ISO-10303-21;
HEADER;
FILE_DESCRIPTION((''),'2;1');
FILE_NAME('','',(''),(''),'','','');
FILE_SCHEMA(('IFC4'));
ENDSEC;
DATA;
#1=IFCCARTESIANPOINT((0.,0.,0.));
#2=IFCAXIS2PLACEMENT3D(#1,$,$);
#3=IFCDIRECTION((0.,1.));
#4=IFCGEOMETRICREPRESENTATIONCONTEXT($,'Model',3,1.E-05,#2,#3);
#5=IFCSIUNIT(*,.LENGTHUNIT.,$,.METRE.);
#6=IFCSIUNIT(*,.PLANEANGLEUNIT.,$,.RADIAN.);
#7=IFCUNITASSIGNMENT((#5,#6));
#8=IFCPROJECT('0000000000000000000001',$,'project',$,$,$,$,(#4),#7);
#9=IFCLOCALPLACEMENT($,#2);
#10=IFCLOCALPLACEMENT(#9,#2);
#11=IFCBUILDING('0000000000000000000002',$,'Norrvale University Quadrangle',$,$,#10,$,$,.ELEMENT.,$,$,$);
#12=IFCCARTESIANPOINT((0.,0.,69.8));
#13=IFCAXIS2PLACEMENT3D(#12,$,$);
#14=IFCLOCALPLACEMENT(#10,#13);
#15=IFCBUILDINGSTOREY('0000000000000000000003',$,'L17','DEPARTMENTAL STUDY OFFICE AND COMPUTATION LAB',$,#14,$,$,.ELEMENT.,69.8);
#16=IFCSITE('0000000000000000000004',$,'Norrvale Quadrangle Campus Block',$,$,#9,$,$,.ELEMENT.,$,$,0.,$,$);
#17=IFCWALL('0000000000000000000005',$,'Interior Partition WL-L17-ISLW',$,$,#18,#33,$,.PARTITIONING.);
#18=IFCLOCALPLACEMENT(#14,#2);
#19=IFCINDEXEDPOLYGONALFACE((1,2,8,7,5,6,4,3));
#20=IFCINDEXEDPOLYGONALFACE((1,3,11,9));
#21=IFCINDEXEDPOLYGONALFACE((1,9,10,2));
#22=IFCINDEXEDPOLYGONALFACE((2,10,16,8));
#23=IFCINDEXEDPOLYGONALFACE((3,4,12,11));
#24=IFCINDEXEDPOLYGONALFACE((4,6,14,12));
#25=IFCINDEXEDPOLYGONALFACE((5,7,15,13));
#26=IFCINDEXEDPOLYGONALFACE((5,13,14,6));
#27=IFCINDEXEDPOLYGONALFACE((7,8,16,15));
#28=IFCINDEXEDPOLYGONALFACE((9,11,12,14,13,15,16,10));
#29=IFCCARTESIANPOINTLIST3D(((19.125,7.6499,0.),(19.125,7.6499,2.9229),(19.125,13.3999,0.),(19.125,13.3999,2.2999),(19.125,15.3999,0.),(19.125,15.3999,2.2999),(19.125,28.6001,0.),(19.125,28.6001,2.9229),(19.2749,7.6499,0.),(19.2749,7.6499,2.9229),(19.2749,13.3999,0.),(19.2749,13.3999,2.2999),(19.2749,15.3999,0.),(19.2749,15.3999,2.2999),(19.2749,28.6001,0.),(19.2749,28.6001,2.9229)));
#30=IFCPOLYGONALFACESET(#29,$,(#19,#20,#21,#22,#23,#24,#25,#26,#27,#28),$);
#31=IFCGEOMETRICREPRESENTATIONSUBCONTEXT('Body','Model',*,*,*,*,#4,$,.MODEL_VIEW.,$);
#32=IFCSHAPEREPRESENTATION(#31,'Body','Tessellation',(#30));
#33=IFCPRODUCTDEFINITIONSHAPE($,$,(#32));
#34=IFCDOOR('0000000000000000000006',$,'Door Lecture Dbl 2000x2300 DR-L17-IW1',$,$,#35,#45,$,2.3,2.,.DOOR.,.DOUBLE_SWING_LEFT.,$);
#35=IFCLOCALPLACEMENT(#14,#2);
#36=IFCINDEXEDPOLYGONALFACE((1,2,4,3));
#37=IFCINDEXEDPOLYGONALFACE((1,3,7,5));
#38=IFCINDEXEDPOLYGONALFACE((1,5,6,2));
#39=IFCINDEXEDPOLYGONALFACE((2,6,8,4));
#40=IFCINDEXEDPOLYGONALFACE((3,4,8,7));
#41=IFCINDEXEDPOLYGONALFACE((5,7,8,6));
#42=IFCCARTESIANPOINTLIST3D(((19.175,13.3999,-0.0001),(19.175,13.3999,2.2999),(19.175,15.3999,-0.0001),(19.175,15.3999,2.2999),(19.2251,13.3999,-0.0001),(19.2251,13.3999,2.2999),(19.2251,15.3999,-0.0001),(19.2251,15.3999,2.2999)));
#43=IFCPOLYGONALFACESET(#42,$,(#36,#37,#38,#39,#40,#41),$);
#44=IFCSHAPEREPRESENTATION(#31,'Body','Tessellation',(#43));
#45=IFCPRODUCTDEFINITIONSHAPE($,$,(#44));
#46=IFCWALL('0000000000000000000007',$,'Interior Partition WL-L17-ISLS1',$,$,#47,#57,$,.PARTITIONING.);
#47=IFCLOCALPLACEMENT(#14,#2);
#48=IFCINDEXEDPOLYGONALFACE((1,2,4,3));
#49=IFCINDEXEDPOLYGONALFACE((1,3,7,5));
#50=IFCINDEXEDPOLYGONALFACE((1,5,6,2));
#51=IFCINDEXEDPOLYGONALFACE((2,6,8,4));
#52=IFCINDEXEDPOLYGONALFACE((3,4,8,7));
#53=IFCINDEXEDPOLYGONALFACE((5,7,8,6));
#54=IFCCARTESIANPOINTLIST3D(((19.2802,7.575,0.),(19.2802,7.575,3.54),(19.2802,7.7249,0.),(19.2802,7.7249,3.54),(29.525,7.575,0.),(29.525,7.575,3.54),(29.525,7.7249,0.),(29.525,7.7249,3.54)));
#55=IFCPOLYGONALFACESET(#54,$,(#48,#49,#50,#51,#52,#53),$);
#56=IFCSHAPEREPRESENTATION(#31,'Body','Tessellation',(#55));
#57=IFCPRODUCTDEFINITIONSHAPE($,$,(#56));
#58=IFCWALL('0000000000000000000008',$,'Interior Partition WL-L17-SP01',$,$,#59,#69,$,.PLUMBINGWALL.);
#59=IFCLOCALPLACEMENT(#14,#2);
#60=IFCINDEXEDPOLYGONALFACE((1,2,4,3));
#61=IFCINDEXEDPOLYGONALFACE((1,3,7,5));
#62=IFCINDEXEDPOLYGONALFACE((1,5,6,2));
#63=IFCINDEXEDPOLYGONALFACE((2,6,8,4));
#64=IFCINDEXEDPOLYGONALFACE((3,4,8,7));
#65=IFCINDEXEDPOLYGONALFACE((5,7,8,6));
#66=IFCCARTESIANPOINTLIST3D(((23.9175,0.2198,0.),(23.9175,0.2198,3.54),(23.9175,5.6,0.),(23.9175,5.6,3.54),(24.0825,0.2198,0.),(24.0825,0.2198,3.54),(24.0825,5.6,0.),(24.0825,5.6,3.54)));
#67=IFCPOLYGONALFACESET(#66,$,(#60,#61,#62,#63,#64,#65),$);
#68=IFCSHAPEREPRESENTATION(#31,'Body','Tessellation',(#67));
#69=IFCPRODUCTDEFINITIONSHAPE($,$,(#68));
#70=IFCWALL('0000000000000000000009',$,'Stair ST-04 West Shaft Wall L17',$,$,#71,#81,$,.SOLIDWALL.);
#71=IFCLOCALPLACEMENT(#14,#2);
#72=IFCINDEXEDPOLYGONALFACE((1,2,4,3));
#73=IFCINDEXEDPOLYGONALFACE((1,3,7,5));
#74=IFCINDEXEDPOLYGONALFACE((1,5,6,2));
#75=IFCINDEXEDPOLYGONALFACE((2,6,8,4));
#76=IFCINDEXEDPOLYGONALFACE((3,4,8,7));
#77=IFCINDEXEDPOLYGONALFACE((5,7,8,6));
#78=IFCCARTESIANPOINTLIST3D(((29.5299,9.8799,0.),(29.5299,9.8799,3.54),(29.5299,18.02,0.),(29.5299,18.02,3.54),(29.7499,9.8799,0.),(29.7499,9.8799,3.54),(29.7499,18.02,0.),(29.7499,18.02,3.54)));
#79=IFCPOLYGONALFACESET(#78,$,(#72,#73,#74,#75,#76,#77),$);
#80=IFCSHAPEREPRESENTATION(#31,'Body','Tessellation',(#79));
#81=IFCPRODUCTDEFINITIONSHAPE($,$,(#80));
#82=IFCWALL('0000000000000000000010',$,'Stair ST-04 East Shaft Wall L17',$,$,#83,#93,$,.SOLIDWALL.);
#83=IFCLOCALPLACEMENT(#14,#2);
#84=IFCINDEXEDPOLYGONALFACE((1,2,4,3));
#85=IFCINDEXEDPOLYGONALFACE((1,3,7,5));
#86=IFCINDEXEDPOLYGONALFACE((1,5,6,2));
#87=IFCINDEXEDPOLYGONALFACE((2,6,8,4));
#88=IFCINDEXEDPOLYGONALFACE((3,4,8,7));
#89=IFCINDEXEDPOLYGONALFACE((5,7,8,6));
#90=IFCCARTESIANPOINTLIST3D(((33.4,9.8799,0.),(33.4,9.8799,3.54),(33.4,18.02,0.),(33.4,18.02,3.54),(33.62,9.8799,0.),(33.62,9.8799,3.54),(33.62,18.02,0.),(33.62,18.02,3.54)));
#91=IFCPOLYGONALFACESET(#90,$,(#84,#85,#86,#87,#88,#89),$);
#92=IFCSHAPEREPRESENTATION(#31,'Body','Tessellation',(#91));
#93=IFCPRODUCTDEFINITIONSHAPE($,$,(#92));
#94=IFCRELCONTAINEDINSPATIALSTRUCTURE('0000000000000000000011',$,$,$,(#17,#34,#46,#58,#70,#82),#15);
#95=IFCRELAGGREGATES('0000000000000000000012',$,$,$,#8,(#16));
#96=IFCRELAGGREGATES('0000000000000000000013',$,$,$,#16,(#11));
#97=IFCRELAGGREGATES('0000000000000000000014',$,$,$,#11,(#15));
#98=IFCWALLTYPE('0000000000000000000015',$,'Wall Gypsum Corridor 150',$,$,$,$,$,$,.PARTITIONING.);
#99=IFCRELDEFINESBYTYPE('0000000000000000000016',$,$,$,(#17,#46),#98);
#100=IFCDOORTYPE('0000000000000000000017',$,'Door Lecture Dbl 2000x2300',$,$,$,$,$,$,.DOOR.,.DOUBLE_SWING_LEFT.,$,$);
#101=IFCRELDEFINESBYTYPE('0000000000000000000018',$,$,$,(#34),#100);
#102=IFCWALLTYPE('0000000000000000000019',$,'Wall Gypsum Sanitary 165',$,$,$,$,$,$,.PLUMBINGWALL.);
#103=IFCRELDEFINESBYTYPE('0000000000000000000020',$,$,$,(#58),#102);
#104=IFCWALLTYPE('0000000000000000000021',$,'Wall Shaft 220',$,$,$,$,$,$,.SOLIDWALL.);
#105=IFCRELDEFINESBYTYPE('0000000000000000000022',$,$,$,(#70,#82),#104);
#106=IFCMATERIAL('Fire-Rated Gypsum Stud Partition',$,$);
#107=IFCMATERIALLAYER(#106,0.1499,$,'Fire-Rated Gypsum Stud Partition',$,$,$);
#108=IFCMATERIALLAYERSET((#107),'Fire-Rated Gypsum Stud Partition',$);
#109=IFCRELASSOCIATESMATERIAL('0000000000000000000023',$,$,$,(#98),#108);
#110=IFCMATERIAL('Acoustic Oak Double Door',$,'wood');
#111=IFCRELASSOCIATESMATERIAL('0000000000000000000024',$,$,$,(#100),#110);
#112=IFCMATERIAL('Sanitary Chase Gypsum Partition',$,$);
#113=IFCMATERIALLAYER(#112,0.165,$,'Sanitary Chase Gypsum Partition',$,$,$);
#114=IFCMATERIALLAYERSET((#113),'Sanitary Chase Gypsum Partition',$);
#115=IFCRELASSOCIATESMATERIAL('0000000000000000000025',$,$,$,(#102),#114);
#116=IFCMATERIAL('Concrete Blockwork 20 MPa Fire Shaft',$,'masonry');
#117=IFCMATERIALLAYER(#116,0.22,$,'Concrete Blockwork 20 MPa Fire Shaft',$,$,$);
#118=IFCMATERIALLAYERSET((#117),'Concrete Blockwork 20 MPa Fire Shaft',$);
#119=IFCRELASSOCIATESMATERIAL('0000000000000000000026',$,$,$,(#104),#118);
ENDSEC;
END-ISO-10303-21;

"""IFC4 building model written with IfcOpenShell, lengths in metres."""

from ifc_helpers import new_model, si_unit, direction, frame, frame_2d, origin, place, context, subcontext, project, spatial, rectangle, extrude, material, layer, layer_set, type_object, element, fill, save


model = new_model("IFC4")

# Units and contexts
model_context = context("Model", 3, precision=1e-05, world=origin(), true_north=direction((0.0, 1.0)))
body_context = subcontext(model_context, "Body", "Model", "MODEL_VIEW")
ifc_project = project(units=[si_unit("LENGTHUNIT", "METRE"), si_unit("PLANEANGLEUNIT", "RADIAN")], contexts=[model_context])

# Site, building, storey
site_placement = place(None, origin())
site = spatial("IfcSite", under=ifc_project, at=site_placement, Name="Norrvale Quadrangle Campus Block", CompositionType="ELEMENT", RefElevation=0.0)
building_placement = place(site_placement, origin())
building = spatial("IfcBuilding", under=site, at=building_placement, Name="Norrvale University Quadrangle", CompositionType="ELEMENT")
storey_placement = place(building_placement, frame((0.0, 0.0, 69.8)))
storey = spatial("IfcBuildingStorey", under=building, at=storey_placement, Name="L17", Description="DEPARTMENTAL STUDY OFFICE AND COMPUTATION LAB", CompositionType="ELEMENT", Elevation=69.8)

# Wall, opening, door
ifc_material_1 = material(Name="Fire-Rated Gypsum Stud Partition")
ifc_layer_1 = layer(ifc_material_1, 0.1499, Name="Fire-Rated Gypsum Stud Partition")
ifc_layer_set_1 = layer_set([ifc_layer_1], Name="Fire-Rated Gypsum Stud Partition")
wall_type_1 = type_object("IfcWallType", Name="Wall Gypsum Corridor 150", PredefinedType="PARTITIONING", material=ifc_layer_set_1)
wall_1_placement = place(storey_placement, frame((19.2, 7.6499, 0.0), z_axis=(0.0, 0.0, 1.0), x_axis=(0.0, 1.0, 0.0)))
wall_1 = element("IfcWall", 1, at=wall_1_placement, inside=storey, type_object=wall_type_1, Name="Interior Partition WL-L17-ISLW", PredefinedType="PARTITIONING", context=body_context, shape_type="SweptSolid", body=[
    extrude(rectangle(XDim=20.9502, YDim=0.1499, at=frame_2d((10.4751, 0.0))), origin(), (0.0, 0.0, 1.0), 2.9229),
])
opening_placement = place(wall_1_placement, frame((5.75, 0.0, 0.0)))
opening = element("IfcOpeningElement", 2, at=opening_placement, cuts=wall_1, PredefinedType="OPENING", context=body_context, shape_type="SweptSolid", body=[
    extrude(rectangle(XDim=2.0, YDim=2.3, at=frame_2d((1.0, 1.1499))), frame((0.0, 0.0869, 0.0), z_axis=(0.0, -1.0, 0.0), x_axis=(1.0, 0.0, 0.0)), (0.0, 0.0, 1.0), 0.1738),
])
ifc_material_2 = material(Name="Acoustic Oak Double Door", Category="wood")
door_type = type_object("IfcDoorType", Name="Door Lecture Dbl 2000x2300", OperationType="DOUBLE_SWING_LEFT", PredefinedType="DOOR", material=ifc_material_2)
door_placement = place(opening_placement, origin())
door = element("IfcDoor", 3, at=door_placement, inside=storey, type_object=door_type, Name="Door Lecture Dbl 2000x2300 DR-L17-IW1", OperationType="DOUBLE_SWING_LEFT", OverallHeight=2.3, OverallWidth=2.0, PredefinedType="DOOR", context=body_context, shape_type="SweptSolid", body=[
    extrude(rectangle(XDim=2.0, YDim=2.3, at=frame_2d((1.0, 1.1499))), frame((0.0, 0.0249, 0.0), z_axis=(0.0, -1.0, 0.0), x_axis=(1.0, 0.0, 0.0)), (0.0, 0.0, 1.0), 0.05),
])
fill(opening, door)

# Walls
wall_2_placement = place(storey_placement, frame((19.28, 7.6499, 0.0), z_axis=(0.0, 0.0, 1.0), x_axis=(1.0, 0.0, 0.0)))
element("IfcWall", 4, at=wall_2_placement, inside=storey, type_object=wall_type_1, Name="Interior Partition WL-L17-ISLS1", PredefinedType="PARTITIONING", context=body_context, shape_type="SweptSolid", body=[
    extrude(rectangle(XDim=10.2449, YDim=0.1499, at=frame_2d((5.1226, 0.0))), origin(), (0.0, 0.0, 1.0), 3.54),
])
ifc_material_3 = material(Name="Sanitary Chase Gypsum Partition")
ifc_layer_2 = layer(ifc_material_3, 0.165, Name="Sanitary Chase Gypsum Partition")
ifc_layer_set_2 = layer_set([ifc_layer_2], Name="Sanitary Chase Gypsum Partition")
wall_type_2 = type_object("IfcWallType", Name="Wall Gypsum Sanitary 165", PredefinedType="PLUMBINGWALL", material=ifc_layer_set_2)
wall_3_placement = place(storey_placement, frame((24.0, 0.22, 0.0), z_axis=(0.0, 0.0, 1.0), x_axis=(0.0, 1.0, 0.0)))
element("IfcWall", 5, at=wall_3_placement, inside=storey, type_object=wall_type_2, Name="Interior Partition WL-L17-SP01", PredefinedType="PLUMBINGWALL", context=body_context, shape_type="SweptSolid", body=[
    extrude(rectangle(XDim=5.3801, YDim=0.165, at=frame_2d((2.6899, 0.0))), origin(), (0.0, 0.0, 1.0), 3.54),
])
ifc_material_4 = material(Name="Concrete Blockwork 20 MPa Fire Shaft", Category="masonry")
ifc_layer_3 = layer(ifc_material_4, 0.22, Name="Concrete Blockwork 20 MPa Fire Shaft")
ifc_layer_set_3 = layer_set([ifc_layer_3], Name="Concrete Blockwork 20 MPa Fire Shaft")
wall_type_3 = type_object("IfcWallType", Name="Wall Shaft 220", PredefinedType="SOLIDWALL", material=ifc_layer_set_3)
for number, where, z_axis, x_axis, name in (
    (6, (29.6399, 9.8799, 0.0), (0.0, 0.0, 1.0), (0.0, 1.0, 0.0), "Stair ST-04 West Shaft Wall L17"),
    (7, (33.51, 9.8799, 0.0), (0.0, 0.0, 1.0), (0.0, 1.0, 0.0), "Stair ST-04 East Shaft Wall L17"),
):
    element("IfcWall", number, at=place(storey_placement, frame(where, z_axis=z_axis, x_axis=x_axis)), inside=storey, type_object=wall_type_3, Name=name, PredefinedType="SOLIDWALL", context=body_context, shape_type="SweptSolid", body=[
        extrude(rectangle(XDim=8.1401, YDim=0.22, at=frame_2d((4.0701, 0.0))), origin(), (0.0, 0.0, 1.0), 3.54),
    ])

save(model, "model.ifc")
